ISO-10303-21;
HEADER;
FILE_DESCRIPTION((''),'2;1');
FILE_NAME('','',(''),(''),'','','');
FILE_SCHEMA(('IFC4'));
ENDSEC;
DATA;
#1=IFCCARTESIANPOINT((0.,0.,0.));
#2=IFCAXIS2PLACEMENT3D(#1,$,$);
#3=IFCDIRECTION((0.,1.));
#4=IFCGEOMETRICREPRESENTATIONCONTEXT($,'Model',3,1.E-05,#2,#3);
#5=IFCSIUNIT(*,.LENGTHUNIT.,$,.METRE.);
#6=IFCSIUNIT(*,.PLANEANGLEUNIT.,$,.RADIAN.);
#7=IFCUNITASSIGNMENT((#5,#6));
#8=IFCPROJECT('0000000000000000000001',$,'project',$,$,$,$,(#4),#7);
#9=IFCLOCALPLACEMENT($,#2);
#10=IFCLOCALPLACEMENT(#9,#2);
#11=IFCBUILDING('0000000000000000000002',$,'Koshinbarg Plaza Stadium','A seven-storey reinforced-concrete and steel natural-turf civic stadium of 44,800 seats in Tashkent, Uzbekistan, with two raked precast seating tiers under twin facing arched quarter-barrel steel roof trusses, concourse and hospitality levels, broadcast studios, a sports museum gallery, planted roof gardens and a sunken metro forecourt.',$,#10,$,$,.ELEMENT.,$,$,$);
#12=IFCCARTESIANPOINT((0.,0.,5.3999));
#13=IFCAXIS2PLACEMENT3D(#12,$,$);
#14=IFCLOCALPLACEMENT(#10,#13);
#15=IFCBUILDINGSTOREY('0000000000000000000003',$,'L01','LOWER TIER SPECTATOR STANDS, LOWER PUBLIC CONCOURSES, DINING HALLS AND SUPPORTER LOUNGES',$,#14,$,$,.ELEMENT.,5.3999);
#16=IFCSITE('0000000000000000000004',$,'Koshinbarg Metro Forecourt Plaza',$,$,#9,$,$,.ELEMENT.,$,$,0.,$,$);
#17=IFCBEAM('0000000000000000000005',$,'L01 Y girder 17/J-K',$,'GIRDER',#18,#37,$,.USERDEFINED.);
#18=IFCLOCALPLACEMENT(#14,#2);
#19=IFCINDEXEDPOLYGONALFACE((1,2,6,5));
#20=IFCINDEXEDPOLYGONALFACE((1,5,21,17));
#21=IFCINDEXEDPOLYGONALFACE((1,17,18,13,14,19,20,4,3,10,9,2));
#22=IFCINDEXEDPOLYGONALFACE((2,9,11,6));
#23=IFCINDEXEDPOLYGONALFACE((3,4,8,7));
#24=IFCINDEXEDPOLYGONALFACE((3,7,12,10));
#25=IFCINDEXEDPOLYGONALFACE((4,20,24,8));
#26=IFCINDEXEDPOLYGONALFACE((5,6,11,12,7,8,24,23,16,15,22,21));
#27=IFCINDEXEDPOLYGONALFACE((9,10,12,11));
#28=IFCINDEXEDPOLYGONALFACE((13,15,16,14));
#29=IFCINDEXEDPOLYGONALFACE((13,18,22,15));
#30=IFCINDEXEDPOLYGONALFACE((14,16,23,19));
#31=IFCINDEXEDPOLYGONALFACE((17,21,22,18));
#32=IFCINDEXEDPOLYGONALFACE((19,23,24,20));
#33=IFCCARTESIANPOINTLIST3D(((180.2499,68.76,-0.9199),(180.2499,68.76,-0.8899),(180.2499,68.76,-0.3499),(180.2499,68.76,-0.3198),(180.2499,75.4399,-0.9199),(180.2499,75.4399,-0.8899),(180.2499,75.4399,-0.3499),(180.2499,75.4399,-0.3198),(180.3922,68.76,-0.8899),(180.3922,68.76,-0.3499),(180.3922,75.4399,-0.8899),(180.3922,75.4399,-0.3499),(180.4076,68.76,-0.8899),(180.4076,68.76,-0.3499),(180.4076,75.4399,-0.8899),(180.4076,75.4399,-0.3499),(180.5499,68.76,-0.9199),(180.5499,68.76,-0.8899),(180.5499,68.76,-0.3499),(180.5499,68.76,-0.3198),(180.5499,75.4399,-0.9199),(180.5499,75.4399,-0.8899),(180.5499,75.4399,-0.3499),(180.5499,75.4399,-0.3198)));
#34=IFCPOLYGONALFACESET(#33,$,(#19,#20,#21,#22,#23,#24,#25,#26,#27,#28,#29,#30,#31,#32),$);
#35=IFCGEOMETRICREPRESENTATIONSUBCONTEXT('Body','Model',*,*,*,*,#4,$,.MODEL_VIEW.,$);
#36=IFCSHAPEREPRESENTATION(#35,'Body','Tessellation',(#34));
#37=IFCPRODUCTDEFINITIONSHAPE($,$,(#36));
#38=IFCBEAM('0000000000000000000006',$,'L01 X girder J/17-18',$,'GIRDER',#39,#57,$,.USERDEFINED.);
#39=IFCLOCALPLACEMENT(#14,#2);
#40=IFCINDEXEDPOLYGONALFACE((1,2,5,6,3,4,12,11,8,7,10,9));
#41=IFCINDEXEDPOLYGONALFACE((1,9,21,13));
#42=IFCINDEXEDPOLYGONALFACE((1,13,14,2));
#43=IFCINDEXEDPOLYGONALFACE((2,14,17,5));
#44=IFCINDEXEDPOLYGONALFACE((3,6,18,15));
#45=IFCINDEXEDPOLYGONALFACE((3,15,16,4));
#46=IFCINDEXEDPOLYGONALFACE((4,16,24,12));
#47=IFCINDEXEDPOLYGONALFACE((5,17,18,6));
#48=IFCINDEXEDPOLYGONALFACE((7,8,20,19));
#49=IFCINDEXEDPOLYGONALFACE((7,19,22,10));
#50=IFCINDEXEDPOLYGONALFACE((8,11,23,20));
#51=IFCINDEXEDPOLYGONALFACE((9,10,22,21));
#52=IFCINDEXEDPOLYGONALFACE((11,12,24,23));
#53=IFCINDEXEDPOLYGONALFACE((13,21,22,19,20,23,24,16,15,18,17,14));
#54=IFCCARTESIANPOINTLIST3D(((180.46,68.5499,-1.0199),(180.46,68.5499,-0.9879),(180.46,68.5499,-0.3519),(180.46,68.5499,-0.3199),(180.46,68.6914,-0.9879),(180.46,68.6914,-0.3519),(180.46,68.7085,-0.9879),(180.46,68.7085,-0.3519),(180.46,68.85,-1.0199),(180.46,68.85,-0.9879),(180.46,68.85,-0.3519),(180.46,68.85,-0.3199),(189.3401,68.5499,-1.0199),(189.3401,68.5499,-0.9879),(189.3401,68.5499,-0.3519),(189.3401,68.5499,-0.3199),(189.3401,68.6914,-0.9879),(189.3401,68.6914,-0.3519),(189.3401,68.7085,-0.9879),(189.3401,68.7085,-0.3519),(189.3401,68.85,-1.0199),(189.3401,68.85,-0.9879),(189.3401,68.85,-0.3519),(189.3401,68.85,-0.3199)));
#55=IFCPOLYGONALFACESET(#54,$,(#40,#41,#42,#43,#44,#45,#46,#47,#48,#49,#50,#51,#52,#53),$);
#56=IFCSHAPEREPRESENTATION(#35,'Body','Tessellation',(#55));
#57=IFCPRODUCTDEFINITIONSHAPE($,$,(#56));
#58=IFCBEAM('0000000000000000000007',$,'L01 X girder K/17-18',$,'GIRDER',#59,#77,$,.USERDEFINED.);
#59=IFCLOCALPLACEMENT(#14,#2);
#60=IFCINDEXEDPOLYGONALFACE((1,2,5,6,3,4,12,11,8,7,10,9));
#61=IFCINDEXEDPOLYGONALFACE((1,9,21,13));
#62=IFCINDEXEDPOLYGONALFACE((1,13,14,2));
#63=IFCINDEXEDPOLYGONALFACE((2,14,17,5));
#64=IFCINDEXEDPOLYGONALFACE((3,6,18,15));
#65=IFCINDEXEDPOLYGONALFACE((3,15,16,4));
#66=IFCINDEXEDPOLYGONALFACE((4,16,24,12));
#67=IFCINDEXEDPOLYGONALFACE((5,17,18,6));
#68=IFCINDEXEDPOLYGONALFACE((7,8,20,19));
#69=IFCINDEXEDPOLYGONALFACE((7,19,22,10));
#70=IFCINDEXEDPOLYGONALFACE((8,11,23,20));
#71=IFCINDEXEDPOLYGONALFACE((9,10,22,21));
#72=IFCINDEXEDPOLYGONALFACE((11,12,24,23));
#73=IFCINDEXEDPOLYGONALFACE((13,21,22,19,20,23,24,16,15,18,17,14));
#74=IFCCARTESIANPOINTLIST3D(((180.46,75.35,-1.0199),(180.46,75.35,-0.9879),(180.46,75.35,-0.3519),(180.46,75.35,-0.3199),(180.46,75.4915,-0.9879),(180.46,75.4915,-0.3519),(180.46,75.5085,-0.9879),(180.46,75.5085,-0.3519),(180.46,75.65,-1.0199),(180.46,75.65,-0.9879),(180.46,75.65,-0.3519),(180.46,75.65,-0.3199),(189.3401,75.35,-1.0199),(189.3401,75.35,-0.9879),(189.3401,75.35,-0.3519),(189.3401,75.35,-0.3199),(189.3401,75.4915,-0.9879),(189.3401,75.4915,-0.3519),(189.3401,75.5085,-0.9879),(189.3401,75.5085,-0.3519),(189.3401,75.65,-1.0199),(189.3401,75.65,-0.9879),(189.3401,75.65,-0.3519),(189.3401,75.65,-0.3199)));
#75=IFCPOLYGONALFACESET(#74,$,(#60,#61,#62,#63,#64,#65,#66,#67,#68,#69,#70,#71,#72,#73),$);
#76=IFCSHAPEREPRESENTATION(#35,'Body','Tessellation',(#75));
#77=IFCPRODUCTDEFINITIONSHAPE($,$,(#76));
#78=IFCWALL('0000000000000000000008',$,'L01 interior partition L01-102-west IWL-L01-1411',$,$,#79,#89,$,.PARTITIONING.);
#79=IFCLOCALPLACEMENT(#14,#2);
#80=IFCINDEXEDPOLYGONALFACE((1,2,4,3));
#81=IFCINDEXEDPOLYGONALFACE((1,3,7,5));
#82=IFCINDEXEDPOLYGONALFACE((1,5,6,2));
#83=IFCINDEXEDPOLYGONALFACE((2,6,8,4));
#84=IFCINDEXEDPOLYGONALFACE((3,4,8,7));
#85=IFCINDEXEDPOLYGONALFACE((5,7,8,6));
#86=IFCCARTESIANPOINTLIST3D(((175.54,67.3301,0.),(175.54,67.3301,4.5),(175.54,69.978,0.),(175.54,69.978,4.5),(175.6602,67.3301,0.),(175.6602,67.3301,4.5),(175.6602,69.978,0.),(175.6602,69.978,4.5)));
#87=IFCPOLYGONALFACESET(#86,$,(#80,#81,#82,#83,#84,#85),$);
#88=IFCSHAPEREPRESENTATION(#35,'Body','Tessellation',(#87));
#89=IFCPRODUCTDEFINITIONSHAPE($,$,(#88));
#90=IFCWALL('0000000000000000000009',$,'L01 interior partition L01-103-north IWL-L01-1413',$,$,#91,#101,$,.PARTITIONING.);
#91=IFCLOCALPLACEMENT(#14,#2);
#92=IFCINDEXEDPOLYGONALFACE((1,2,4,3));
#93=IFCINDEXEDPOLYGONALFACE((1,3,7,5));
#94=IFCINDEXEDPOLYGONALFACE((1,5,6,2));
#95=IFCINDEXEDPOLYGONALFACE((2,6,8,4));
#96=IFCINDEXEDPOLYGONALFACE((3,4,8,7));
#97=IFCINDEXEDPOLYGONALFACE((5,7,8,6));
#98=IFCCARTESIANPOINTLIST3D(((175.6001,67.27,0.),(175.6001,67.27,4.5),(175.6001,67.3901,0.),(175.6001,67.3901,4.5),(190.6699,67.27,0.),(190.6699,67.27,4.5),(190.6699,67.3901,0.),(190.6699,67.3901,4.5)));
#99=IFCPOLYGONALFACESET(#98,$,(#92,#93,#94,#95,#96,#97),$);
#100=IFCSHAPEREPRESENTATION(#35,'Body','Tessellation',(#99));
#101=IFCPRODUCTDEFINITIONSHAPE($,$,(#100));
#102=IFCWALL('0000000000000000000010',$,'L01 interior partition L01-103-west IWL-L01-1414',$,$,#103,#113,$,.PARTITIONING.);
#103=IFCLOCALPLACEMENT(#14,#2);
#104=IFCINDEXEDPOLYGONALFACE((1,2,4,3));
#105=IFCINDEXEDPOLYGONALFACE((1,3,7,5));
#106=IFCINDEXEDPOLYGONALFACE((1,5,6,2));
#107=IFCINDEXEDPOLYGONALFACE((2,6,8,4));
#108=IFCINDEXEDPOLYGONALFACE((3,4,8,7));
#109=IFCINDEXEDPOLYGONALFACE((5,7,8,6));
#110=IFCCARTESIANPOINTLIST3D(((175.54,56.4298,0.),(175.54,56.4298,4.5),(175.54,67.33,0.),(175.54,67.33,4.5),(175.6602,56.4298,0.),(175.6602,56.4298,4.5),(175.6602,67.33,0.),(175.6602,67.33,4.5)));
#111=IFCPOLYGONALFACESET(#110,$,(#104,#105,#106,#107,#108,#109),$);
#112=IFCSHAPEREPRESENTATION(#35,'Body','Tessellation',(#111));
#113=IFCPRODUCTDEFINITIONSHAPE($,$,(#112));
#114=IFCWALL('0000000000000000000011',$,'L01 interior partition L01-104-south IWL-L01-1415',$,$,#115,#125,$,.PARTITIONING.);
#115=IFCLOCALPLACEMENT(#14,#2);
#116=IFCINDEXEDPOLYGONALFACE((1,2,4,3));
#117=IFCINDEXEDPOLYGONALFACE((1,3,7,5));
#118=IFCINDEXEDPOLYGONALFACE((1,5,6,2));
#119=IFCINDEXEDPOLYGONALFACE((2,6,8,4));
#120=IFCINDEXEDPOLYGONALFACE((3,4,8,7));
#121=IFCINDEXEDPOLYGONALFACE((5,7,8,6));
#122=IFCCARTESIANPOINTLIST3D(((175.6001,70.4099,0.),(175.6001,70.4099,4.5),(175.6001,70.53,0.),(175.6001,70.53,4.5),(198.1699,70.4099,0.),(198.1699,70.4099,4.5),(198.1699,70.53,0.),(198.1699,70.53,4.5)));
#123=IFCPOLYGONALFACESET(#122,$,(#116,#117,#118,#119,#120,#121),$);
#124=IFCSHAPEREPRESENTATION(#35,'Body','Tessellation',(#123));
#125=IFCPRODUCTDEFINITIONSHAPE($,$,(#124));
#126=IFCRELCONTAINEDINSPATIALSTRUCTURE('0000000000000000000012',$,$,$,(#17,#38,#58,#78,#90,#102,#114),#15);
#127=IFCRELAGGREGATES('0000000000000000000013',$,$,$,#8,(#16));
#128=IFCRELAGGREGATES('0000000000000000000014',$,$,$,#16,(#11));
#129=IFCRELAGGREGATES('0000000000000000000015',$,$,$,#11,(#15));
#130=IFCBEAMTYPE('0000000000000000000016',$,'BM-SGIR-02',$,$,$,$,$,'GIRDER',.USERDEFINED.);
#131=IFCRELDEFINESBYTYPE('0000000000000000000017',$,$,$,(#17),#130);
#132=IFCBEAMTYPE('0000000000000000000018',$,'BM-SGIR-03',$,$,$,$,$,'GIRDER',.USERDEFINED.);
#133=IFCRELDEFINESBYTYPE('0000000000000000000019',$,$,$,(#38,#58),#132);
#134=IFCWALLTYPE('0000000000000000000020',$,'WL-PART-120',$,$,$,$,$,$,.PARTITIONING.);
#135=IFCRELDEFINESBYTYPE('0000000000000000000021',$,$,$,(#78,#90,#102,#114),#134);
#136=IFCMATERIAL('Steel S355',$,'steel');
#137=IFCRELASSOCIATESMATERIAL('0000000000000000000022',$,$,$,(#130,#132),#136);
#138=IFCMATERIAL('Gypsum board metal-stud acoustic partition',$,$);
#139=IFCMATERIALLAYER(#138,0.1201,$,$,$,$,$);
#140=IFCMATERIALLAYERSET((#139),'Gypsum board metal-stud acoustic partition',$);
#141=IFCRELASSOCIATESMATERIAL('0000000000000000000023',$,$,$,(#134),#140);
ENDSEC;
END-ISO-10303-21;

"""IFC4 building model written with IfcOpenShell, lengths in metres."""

from ifc_helpers import new_model, si_unit, direction, frame, frame_2d, origin, origin_2d, place, context, subcontext, project, spatial, rectangle, i_section, extrude, material, layer, layer_set, material_profile, profile_set, type_object, element, save


model = new_model("IFC4")

# Units and contexts
model_context = context("Model", 3, precision=1e-05, world=origin(), true_north=direction((0.0, 1.0)))
body_context = subcontext(model_context, "Body", "Model", "MODEL_VIEW")
ifc_project = project(units=[si_unit("LENGTHUNIT", "METRE"), si_unit("PLANEANGLEUNIT", "RADIAN")], contexts=[model_context])

# Site, building, storey
site_placement = place(None, origin())
site = spatial("IfcSite", under=ifc_project, at=site_placement, Name="Koshinbarg Metro Forecourt Plaza", CompositionType="ELEMENT", RefElevation=0.0)
building_placement = place(site_placement, origin())
building = spatial("IfcBuilding", under=site, at=building_placement, Name="Koshinbarg Plaza Stadium", Description="A seven-storey reinforced-concrete and steel natural-turf civic stadium of 44,800 seats in Tashkent, Uzbekistan, with two raked precast seating tiers under twin facing arched quarter-barrel steel roof trusses, concourse and hospitality levels, broadcast studios, a sports museum gallery, planted roof gardens and a sunken metro forecourt.", CompositionType="ELEMENT")
storey_placement = place(building_placement, frame((0.0, 0.0, 5.3999)))
storey = spatial("IfcBuildingStorey", under=building, at=storey_placement, Name="L01", Description="LOWER TIER SPECTATOR STANDS, LOWER PUBLIC CONCOURSES, DINING HALLS AND SUPPORTER LOUNGES", CompositionType="ELEMENT", Elevation=5.3999)

# Beams
ifc_material_1 = material(Name="Steel S355", Category="steel")
ifc_material_profile_1 = material_profile(ifc_material_1, i_section(OverallWidth=0.3, OverallDepth=0.6001, WebThickness=0.0154, FlangeThickness=0.03, at=origin_2d()), Name="HEB 600")
ifc_profile_set_1 = profile_set([ifc_material_profile_1], Name="Steel S355")
beam_type_1 = type_object("IfcBeamType", Name="BM-SGIR-02", ElementType="GIRDER", PredefinedType="USERDEFINED", material=ifc_profile_set_1)
beam_1_placement = place(storey_placement, frame((180.3999, 68.76, -0.6199), z_axis=(0.0, 1.0, 0.0), x_axis=(-1.0, 0.0, 0.0)))
element("IfcBeam", 1, at=beam_1_placement, inside=storey, type_object=beam_type_1, Name="L01 Y girder 17/J-K", ObjectType="GIRDER", PredefinedType="USERDEFINED", context=body_context, shape_type="SweptSolid", body=[
    extrude(i_section(OverallWidth=0.3, OverallDepth=0.6001, WebThickness=0.0154, FlangeThickness=0.03, at=origin_2d()), origin(), (0.0, 0.0, 1.0), 6.6799),
])
ifc_material_profile_2 = material_profile(ifc_material_1, i_section(OverallWidth=0.3, OverallDepth=0.7, WebThickness=0.0171, FlangeThickness=0.032, at=origin_2d()), Name="HEB 700")
ifc_profile_set_2 = profile_set([ifc_material_profile_2], Name="Steel S355")
beam_type_2 = type_object("IfcBeamType", Name="BM-SGIR-03", ElementType="GIRDER", PredefinedType="USERDEFINED", material=ifc_profile_set_2)
for number, where, z_axis, x_axis, name in (
    (2, (180.46, 68.7, -0.6699), (1.0, 0.0, 0.0), (0.0, 1.0, 0.0), "L01 X girder J/17-18"),
    (3, (180.46, 75.5, -0.6699), (1.0, 0.0, 0.0), (0.0, 1.0, 0.0), "L01 X girder K/17-18"),
):
    element("IfcBeam", number, at=place(storey_placement, frame(where, z_axis=z_axis, x_axis=x_axis)), inside=storey, type_object=beam_type_2, Name=name, ObjectType="GIRDER", PredefinedType="USERDEFINED", context=body_context, shape_type="SweptSolid", body=[
        extrude(i_section(OverallWidth=0.3, OverallDepth=0.7, WebThickness=0.0171, FlangeThickness=0.032, at=origin_2d()), origin(), (0.0, 0.0, 1.0), 8.8801),
    ])

# Walls
ifc_material_2 = material(Name="Gypsum board metal-stud acoustic partition")
ifc_layer = layer(ifc_material_2, 0.1201)
ifc_layer_set = layer_set([ifc_layer], Name="Gypsum board metal-stud acoustic partition")
wall_type = type_object("IfcWallType", Name="WL-PART-120", PredefinedType="PARTITIONING", material=ifc_layer_set)
wall_1_placement = place(storey_placement, frame((175.6001, 69.978, 0.0), z_axis=(0.0, 0.0, 1.0), x_axis=(0.0, -1.0, 0.0)))
element("IfcWall", 4, at=wall_1_placement, inside=storey, type_object=wall_type, Name="L01 interior partition L01-102-west IWL-L01-1411", PredefinedType="PARTITIONING", context=body_context, shape_type="SweptSolid", body=[
    extrude(rectangle(XDim=2.6479, YDim=0.1201, at=frame_2d((1.324, 0.0))), origin(), (0.0, 0.0, 1.0), 4.5),
])
wall_2_placement = place(storey_placement, frame((190.6699, 67.3301, 0.0), z_axis=(0.0, 0.0, 1.0), x_axis=(-1.0, 0.0, 0.0)))
element("IfcWall", 5, at=wall_2_placement, inside=storey, type_object=wall_type, Name="L01 interior partition L01-103-north IWL-L01-1413", PredefinedType="PARTITIONING", context=body_context, shape_type="SweptSolid", body=[
    extrude(rectangle(XDim=15.0698, YDim=0.1201, at=frame_2d((7.5349, 0.0))), origin(), (0.0, 0.0, 1.0), 4.5),
])
wall_3_placement = place(storey_placement, frame((175.6001, 67.3301, 0.0), z_axis=(0.0, 0.0, 1.0), x_axis=(0.0, -1.0, 0.0)))
element("IfcWall", 6, at=wall_3_placement, inside=storey, type_object=wall_type, Name="L01 interior partition L01-103-west IWL-L01-1414", PredefinedType="PARTITIONING", context=body_context, shape_type="SweptSolid", body=[
    extrude(rectangle(XDim=10.9001, YDim=0.1201, at=frame_2d((5.4502, 0.0))), origin(), (0.0, 0.0, 1.0), 4.5),
])
wall_4_placement = place(storey_placement, frame((175.6001, 70.47, 0.0), z_axis=(0.0, 0.0, 1.0), x_axis=(1.0, 0.0, 0.0)))
element("IfcWall", 7, at=wall_4_placement, inside=storey, type_object=wall_type, Name="L01 interior partition L01-104-south IWL-L01-1415", PredefinedType="PARTITIONING", context=body_context, shape_type="SweptSolid", body=[
    extrude(rectangle(XDim=22.5698, YDim=0.1201, at=frame_2d((11.2849, 0.0))), origin(), (0.0, 0.0, 1.0), 4.5),
])

save(model, "model.ifc")
